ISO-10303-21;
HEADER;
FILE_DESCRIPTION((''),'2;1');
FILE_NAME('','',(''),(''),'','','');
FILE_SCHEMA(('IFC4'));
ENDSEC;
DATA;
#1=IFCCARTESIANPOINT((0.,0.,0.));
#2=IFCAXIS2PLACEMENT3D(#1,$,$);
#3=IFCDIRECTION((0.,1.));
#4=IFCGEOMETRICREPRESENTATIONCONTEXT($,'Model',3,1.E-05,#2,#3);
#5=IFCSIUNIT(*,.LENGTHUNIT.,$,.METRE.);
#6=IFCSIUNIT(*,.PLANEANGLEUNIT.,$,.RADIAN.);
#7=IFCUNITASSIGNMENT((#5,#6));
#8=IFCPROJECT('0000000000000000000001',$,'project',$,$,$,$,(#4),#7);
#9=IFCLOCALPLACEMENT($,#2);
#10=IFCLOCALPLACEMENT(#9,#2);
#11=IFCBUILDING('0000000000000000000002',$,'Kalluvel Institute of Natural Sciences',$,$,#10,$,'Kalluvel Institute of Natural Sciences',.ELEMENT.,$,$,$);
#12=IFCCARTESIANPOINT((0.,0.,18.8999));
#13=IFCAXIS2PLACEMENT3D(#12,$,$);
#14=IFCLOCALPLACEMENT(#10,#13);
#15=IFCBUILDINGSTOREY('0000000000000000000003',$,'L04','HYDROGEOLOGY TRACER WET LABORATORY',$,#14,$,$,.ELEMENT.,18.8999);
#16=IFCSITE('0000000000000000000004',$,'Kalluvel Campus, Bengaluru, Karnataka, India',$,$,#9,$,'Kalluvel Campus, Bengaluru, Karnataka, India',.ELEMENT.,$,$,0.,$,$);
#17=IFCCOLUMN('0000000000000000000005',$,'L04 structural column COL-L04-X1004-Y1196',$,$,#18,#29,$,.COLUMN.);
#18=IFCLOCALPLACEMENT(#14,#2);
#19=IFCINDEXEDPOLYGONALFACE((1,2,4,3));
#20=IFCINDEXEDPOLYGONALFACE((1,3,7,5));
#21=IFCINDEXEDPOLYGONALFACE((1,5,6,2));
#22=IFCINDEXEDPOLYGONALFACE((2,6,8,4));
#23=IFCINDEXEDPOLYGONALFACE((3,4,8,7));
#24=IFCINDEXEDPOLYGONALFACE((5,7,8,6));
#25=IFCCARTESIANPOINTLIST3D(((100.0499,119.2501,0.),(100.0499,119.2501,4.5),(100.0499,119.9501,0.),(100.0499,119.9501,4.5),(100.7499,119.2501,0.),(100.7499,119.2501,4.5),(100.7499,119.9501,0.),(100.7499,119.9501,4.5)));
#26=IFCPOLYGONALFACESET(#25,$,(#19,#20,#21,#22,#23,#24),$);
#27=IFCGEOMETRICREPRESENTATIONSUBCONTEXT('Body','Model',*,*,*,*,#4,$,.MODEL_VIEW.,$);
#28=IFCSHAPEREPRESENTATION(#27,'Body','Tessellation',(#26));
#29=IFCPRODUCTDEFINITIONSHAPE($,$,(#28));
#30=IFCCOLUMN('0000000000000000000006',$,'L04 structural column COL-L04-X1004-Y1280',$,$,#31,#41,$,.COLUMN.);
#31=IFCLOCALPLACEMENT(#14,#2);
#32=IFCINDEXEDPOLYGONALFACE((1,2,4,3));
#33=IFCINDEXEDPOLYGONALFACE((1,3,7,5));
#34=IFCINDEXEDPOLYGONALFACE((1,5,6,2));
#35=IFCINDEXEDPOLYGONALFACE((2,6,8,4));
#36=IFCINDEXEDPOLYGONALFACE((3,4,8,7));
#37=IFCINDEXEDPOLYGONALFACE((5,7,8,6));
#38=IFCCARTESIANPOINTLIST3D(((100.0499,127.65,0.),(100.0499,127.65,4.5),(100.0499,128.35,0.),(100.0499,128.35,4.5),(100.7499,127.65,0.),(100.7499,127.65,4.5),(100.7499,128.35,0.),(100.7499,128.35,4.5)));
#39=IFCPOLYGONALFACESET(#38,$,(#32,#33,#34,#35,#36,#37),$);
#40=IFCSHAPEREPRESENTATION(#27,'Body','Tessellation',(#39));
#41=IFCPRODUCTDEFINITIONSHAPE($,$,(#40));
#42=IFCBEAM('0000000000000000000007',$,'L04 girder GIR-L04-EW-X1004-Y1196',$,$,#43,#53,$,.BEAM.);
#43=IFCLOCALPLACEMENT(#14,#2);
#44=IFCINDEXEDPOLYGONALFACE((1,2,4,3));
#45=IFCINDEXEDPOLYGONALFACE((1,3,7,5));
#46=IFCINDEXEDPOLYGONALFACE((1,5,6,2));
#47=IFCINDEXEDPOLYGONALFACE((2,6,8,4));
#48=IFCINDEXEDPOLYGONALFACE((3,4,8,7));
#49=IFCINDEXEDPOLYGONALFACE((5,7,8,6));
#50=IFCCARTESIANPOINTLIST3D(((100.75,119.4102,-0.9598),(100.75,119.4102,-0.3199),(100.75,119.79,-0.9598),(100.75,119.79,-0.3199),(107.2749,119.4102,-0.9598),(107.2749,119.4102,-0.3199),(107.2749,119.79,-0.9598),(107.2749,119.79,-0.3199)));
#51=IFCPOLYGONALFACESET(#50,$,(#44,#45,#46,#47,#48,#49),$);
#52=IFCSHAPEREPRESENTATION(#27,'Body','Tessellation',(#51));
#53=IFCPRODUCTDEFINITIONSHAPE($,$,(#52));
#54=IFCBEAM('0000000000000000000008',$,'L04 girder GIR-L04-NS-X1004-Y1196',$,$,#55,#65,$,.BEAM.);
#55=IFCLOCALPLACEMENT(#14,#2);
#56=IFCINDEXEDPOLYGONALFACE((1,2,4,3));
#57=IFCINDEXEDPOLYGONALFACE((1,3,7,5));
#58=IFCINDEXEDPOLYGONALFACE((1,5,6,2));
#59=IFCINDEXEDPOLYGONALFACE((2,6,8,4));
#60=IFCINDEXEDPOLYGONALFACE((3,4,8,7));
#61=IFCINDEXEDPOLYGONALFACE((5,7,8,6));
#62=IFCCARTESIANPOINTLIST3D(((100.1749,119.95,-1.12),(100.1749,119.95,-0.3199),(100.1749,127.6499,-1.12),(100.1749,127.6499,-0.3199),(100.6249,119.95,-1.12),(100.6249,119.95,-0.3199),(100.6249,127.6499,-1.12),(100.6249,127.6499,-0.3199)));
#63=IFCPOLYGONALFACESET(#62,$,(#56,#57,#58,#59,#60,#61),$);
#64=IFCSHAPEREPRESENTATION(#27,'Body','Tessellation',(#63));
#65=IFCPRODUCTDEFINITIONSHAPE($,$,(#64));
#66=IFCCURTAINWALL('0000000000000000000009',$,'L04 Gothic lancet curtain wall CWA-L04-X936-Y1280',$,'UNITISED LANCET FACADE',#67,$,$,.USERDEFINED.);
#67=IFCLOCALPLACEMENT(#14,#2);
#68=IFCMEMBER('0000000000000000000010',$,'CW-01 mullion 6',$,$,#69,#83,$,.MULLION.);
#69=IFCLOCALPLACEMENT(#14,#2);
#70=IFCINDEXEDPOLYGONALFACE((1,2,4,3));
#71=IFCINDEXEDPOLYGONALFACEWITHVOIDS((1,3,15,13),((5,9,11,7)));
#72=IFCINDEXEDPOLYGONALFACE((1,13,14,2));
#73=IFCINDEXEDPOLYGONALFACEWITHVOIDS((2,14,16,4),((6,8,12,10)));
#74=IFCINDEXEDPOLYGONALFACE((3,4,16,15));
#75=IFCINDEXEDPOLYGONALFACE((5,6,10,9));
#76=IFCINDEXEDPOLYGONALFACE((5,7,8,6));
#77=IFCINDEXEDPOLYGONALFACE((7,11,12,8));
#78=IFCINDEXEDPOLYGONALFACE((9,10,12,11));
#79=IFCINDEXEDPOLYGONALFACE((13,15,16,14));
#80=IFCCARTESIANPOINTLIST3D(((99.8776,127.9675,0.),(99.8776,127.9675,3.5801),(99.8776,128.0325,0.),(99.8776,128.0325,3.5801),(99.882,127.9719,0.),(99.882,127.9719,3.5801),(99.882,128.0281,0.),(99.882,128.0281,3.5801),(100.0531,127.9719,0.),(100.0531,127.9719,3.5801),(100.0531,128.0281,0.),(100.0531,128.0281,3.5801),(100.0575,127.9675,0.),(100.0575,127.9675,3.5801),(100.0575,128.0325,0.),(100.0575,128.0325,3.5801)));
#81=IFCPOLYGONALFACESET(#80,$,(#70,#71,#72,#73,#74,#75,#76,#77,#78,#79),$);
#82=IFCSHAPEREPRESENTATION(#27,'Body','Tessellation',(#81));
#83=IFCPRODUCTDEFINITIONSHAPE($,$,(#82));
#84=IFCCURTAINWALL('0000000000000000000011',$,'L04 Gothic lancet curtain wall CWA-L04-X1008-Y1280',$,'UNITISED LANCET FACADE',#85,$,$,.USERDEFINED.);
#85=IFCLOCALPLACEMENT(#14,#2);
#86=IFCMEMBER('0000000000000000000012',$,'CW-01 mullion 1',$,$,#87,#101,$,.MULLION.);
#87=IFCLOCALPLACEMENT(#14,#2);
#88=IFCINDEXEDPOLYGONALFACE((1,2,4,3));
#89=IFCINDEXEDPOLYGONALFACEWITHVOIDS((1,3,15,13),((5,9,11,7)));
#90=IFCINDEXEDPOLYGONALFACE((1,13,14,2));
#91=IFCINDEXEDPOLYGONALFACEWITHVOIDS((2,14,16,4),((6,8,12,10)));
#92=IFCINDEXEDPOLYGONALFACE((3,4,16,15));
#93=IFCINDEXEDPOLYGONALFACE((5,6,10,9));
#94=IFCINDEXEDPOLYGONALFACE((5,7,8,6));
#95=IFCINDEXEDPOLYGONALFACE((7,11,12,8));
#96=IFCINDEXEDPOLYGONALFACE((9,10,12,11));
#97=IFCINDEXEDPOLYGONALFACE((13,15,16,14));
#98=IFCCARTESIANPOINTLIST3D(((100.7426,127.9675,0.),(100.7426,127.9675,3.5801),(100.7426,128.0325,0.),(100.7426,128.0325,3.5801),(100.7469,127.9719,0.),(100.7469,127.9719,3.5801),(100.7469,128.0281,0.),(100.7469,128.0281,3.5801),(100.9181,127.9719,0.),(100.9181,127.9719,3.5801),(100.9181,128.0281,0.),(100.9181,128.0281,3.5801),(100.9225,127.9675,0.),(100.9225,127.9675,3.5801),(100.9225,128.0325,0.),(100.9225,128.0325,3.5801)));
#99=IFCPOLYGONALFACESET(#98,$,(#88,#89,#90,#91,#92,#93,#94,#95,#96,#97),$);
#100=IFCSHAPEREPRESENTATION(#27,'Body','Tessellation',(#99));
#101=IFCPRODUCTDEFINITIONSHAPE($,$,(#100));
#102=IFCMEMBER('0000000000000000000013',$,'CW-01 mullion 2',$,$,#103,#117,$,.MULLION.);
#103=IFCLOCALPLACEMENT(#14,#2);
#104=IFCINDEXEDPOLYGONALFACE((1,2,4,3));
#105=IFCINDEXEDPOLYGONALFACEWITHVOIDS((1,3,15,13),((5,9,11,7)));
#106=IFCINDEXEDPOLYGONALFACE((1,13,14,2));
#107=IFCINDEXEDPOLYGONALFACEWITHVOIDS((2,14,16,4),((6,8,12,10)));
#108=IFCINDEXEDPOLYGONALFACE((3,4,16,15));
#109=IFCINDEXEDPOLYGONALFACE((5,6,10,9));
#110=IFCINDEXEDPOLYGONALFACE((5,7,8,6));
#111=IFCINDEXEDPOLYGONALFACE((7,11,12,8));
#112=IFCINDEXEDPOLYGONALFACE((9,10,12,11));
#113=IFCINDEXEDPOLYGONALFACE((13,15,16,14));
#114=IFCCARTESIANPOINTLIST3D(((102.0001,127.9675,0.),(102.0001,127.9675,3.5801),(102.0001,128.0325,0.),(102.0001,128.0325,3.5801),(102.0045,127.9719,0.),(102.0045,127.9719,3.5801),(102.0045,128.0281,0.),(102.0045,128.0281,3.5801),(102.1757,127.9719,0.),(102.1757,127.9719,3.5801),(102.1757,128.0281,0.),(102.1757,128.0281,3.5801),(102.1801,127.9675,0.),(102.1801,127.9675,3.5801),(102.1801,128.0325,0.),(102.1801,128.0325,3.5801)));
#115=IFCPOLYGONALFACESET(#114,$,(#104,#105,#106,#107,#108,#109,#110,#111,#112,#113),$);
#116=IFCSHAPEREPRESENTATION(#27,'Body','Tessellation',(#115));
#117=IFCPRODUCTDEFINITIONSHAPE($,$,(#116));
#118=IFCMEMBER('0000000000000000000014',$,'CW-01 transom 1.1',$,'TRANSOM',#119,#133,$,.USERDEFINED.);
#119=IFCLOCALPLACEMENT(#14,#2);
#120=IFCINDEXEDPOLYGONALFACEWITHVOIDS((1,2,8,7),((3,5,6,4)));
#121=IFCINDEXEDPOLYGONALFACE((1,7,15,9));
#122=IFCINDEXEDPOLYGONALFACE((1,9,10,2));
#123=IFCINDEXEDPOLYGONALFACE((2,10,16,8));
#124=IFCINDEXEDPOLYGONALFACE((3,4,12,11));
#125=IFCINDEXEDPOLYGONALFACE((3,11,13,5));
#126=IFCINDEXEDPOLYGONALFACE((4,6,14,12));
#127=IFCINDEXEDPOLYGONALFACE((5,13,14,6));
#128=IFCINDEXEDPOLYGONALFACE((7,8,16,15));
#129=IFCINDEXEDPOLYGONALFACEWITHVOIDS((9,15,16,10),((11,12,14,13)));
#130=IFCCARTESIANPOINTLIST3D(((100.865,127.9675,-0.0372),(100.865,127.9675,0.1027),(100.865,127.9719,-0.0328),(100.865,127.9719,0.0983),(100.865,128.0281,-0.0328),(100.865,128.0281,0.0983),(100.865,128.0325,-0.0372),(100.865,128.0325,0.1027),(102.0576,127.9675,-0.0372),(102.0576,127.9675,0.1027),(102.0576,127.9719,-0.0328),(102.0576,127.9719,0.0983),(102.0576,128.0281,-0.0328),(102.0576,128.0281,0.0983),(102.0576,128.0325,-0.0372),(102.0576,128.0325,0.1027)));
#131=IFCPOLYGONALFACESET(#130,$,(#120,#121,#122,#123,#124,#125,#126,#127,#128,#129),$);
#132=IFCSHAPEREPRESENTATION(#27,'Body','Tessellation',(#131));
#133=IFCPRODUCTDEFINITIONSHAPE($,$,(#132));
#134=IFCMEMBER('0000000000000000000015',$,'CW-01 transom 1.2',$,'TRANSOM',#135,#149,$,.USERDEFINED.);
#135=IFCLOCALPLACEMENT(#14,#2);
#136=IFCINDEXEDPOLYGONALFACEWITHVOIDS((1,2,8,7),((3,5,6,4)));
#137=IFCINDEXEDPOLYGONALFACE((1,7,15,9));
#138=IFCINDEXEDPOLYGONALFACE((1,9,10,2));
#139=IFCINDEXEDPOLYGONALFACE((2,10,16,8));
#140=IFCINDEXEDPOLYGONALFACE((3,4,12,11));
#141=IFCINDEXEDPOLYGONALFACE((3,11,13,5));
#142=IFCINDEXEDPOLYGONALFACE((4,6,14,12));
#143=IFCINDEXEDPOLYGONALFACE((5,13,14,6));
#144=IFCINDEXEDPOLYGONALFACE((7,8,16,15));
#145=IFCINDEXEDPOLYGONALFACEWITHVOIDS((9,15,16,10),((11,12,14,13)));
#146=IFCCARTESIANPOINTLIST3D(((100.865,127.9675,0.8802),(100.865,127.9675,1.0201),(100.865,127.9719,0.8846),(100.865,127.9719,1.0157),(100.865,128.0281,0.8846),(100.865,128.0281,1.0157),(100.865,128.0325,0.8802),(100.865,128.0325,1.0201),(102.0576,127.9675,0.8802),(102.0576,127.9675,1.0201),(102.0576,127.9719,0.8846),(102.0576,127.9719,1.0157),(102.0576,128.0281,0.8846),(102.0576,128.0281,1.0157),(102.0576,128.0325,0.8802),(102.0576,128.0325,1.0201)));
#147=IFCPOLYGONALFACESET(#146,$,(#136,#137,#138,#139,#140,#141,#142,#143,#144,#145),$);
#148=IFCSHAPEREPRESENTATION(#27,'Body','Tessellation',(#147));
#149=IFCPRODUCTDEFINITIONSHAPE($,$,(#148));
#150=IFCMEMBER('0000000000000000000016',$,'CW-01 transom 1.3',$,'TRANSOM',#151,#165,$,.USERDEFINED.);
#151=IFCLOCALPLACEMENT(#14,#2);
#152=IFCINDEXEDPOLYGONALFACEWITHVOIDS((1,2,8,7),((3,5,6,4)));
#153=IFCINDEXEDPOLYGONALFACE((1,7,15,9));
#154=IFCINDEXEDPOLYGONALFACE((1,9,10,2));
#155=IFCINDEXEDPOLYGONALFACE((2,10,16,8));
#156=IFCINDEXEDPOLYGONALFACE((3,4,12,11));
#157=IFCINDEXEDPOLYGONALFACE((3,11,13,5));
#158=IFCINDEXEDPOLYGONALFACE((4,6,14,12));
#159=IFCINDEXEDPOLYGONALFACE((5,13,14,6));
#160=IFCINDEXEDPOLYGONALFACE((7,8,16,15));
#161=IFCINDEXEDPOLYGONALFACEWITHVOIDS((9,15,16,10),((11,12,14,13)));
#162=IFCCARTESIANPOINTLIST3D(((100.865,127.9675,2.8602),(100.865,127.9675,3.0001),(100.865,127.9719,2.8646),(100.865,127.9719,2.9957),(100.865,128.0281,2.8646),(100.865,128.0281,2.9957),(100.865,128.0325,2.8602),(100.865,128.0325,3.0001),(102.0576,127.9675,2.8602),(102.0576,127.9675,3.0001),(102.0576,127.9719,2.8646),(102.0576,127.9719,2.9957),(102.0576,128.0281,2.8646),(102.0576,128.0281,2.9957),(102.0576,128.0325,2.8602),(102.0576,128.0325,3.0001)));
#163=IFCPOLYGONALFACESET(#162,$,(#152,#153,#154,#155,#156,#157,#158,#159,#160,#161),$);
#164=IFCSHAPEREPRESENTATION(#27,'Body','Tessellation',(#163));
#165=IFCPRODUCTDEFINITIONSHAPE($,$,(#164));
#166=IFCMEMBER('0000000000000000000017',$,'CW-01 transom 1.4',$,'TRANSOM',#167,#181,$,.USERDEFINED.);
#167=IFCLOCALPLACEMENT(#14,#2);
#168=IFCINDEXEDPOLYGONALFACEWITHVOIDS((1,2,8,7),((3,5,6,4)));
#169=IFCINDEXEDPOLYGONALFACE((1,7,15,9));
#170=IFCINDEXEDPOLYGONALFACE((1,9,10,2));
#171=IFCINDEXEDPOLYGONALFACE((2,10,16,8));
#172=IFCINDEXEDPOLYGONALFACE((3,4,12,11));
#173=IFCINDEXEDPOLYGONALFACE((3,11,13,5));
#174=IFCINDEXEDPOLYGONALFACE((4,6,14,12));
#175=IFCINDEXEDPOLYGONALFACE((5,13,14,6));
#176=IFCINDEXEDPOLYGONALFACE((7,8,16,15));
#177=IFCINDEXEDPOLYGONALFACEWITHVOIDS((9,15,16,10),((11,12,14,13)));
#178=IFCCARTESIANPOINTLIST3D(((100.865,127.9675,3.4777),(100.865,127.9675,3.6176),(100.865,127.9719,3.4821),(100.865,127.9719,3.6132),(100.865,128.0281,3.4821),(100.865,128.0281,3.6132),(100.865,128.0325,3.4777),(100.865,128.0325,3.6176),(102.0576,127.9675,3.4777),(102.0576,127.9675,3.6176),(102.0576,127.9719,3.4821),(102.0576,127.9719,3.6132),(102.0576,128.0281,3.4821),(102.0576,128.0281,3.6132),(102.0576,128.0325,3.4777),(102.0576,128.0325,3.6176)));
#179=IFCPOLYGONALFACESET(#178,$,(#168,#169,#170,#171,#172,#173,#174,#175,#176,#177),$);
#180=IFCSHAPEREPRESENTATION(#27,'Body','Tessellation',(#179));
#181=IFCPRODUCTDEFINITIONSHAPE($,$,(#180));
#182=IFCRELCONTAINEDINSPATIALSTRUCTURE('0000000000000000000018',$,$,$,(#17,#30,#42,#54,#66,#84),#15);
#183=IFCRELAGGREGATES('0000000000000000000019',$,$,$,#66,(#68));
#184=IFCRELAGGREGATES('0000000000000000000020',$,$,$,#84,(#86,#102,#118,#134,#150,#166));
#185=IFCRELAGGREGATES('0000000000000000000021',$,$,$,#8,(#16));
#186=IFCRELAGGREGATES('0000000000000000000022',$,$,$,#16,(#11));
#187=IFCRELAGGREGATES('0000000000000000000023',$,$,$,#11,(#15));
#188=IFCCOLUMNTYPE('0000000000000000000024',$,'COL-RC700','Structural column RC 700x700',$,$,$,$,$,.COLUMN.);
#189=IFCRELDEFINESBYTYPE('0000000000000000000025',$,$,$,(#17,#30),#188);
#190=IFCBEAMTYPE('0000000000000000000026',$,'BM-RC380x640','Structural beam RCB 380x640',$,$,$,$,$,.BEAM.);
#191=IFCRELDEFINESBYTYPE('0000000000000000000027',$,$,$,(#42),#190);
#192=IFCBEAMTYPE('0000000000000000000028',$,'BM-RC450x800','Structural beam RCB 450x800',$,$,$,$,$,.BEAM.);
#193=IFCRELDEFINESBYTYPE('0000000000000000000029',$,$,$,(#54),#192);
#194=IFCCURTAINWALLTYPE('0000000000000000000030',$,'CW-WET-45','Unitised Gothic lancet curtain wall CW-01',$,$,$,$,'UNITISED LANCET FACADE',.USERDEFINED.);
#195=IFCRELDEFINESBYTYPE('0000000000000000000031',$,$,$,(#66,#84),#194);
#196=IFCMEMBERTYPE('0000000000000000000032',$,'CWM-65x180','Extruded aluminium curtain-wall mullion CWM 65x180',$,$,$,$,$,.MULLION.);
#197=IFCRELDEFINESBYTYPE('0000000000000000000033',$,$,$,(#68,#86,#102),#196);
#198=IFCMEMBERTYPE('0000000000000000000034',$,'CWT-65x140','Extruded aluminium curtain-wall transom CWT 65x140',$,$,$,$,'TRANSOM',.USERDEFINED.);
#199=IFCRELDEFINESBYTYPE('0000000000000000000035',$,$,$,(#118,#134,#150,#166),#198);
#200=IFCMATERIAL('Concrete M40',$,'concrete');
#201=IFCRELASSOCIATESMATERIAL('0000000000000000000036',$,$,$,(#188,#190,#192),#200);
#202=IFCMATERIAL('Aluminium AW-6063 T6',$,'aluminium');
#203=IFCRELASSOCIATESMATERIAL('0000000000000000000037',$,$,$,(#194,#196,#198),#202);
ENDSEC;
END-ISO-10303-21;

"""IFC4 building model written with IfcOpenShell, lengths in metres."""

from ifc_helpers import new_model, si_unit, direction, frame, origin, origin_2d, place, context, subcontext, project, spatial, rectangle, hollow_rectangle, extrude, material, material_profile, profile_set, type_object, element, aggregate, save


model = new_model("IFC4")

# Units and contexts
model_context = context("Model", 3, precision=1e-05, world=origin(), true_north=direction((0.0, 1.0)))
body_context = subcontext(model_context, "Body", "Model", "MODEL_VIEW")
ifc_project = project(units=[si_unit("LENGTHUNIT", "METRE"), si_unit("PLANEANGLEUNIT", "RADIAN")], contexts=[model_context])

# Site, building, storey
site_placement = place(None, origin())
site = spatial("IfcSite", under=ifc_project, at=site_placement, Name="Kalluvel Campus, Bengaluru, Karnataka, India", LongName="Kalluvel Campus, Bengaluru, Karnataka, India", CompositionType="ELEMENT", RefElevation=0.0)
building_placement = place(site_placement, origin())
building = spatial("IfcBuilding", under=site, at=building_placement, Name="Kalluvel Institute of Natural Sciences", LongName="Kalluvel Institute of Natural Sciences", CompositionType="ELEMENT")
storey_placement = place(building_placement, frame((0.0, 0.0, 18.8999)))
storey = spatial("IfcBuildingStorey", under=building, at=storey_placement, Name="L04", Description="HYDROGEOLOGY TRACER WET LABORATORY", CompositionType="ELEMENT", Elevation=18.8999)

# Columns
ifc_material_1 = material(Name="Concrete M40", Category="concrete")
ifc_material_profile_1 = material_profile(ifc_material_1, rectangle(XDim=0.7, YDim=0.7, at=origin_2d()), Name="RC 700x700")
ifc_profile_set_1 = profile_set([ifc_material_profile_1], Name="Concrete M40")
column_type = type_object("IfcColumnType", Name="COL-RC700", Description="Structural column RC 700x700", PredefinedType="COLUMN", material=ifc_profile_set_1)
for number, where, z_axis, x_axis, name in (
    (1, (100.3999, 119.6001, 0.0), (0.0, 0.0, 1.0), (1.0, 0.0, 0.0), "L04 structural column COL-L04-X1004-Y1196"),
    (2, (100.3999, 128.0, 0.0), (0.0, 0.0, 1.0), (1.0, 0.0, 0.0), "L04 structural column COL-L04-X1004-Y1280"),
):
    element("IfcColumn", number, at=place(storey_placement, frame(where, z_axis=z_axis, x_axis=x_axis)), inside=storey, type_object=column_type, Name=name, PredefinedType="COLUMN", context=body_context, shape_type="SweptSolid", body=[
        extrude(rectangle(XDim=0.7, YDim=0.7, at=origin_2d()), origin(), (0.0, 0.0, 1.0), 4.5),
    ])

# Beams
ifc_material_profile_2 = material_profile(ifc_material_1, rectangle(XDim=0.3799, YDim=0.6399, at=origin_2d()), Name="RCB 380x640")
ifc_profile_set_2 = profile_set([ifc_material_profile_2], Name="Concrete M40")
beam_type_1 = type_object("IfcBeamType", Name="BM-RC380x640", Description="Structural beam RCB 380x640", PredefinedType="BEAM", material=ifc_profile_set_2)
beam_1_placement = place(storey_placement, frame((100.75, 119.6001, -0.6399), z_axis=(1.0, 0.0, 0.0), x_axis=(0.0, 1.0, 0.0)))
element("IfcBeam", 3, at=beam_1_placement, inside=storey, type_object=beam_type_1, Name="L04 girder GIR-L04-EW-X1004-Y1196", PredefinedType="BEAM", context=body_context, shape_type="SweptSolid", body=[
    extrude(rectangle(XDim=0.3799, YDim=0.6399, at=origin_2d()), origin(), (0.0, 0.0, 1.0), 6.5249),
])
ifc_material_profile_3 = material_profile(ifc_material_1, rectangle(XDim=0.45, YDim=0.8, at=origin_2d()), Name="RCB 450x800")
ifc_profile_set_3 = profile_set([ifc_material_profile_3], Name="Concrete M40")
beam_type_2 = type_object("IfcBeamType", Name="BM-RC450x800", Description="Structural beam RCB 450x800", PredefinedType="BEAM", material=ifc_profile_set_3)
beam_2_placement = place(storey_placement, frame((100.3999, 119.95, -0.72), z_axis=(0.0, 1.0, 0.0), x_axis=(-1.0, 0.0, 0.0)))
element("IfcBeam", 4, at=beam_2_placement, inside=storey, type_object=beam_type_2, Name="L04 girder GIR-L04-NS-X1004-Y1196", PredefinedType="BEAM", context=body_context, shape_type="SweptSolid", body=[
    extrude(rectangle(XDim=0.45, YDim=0.8, at=origin_2d()), origin(), (0.0, 0.0, 1.0), 7.7),
])

# Curtain wall, member
ifc_material_2 = material(Name="Aluminium AW-6063 T6", Category="aluminium")
curtain_wall_type = type_object("IfcCurtainWallType", Name="CW-WET-45", Description="Unitised Gothic lancet curtain wall CW-01", ElementType="UNITISED LANCET FACADE", PredefinedType="USERDEFINED", material=ifc_material_2)
curtain_wall_1_placement = place(storey_placement, origin())
curtain_wall_1 = element("IfcCurtainWall", 5, at=curtain_wall_1_placement, inside=storey, type_object=curtain_wall_type, Name="L04 Gothic lancet curtain wall CWA-L04-X936-Y1280", ObjectType="UNITISED LANCET FACADE", PredefinedType="USERDEFINED")
ifc_material_profile_4 = material_profile(ifc_material_2, hollow_rectangle(XDim=0.0649, YDim=0.1799, WallThickness=0.0044, at=origin_2d()), Name="CWM 65x180")
ifc_profile_set_4 = profile_set([ifc_material_profile_4], Name="Aluminium AW-6063 T6")
member_type_1 = type_object("IfcMemberType", Name="CWM-65x180", Description="Extruded aluminium curtain-wall mullion CWM 65x180", PredefinedType="MULLION", material=ifc_profile_set_4)
member_1_placement = place(storey_placement, frame((99.9675, 128.0, 0.0), z_axis=(0.0, 0.0, 1.0), x_axis=(0.0, 1.0, 0.0)))
member_1 = element("IfcMember", 6, at=member_1_placement, type_object=member_type_1, Name="CW-01 mullion 6", PredefinedType="MULLION", context=body_context, shape_type="SweptSolid", body=[
    extrude(hollow_rectangle(XDim=0.0649, YDim=0.1799, WallThickness=0.0044, at=origin_2d()), origin(), (0.0, 0.0, 1.0), 3.5801),
])

# Curtain wall, members
curtain_wall_2_placement = place(storey_placement, origin())
curtain_wall_2 = element("IfcCurtainWall", 7, at=curtain_wall_2_placement, inside=storey, type_object=curtain_wall_type, Name="L04 Gothic lancet curtain wall CWA-L04-X1008-Y1280", ObjectType="UNITISED LANCET FACADE", PredefinedType="USERDEFINED")
member_2_placement = place(storey_placement, frame((100.8325, 128.0, 0.0), z_axis=(0.0, 0.0, 1.0), x_axis=(0.0, 1.0, 0.0)))
member_2 = element("IfcMember", 8, at=member_2_placement, type_object=member_type_1, Name="CW-01 mullion 1", PredefinedType="MULLION", context=body_context, shape_type="SweptSolid", body=[
    extrude(hollow_rectangle(XDim=0.0649, YDim=0.1799, WallThickness=0.0044, at=origin_2d()), origin(), (0.0, 0.0, 1.0), 3.5801),
])
member_3_placement = place(storey_placement, frame((102.0901, 128.0, 0.0), z_axis=(0.0, 0.0, 1.0), x_axis=(0.0, 1.0, 0.0)))
member_3 = element("IfcMember", 9, at=member_3_placement, type_object=member_type_1, Name="CW-01 mullion 2", PredefinedType="MULLION", context=body_context, shape_type="SweptSolid", body=[
    extrude(hollow_rectangle(XDim=0.0649, YDim=0.1799, WallThickness=0.0044, at=origin_2d()), origin(), (0.0, 0.0, 1.0), 3.5801),
])
ifc_material_profile_5 = material_profile(ifc_material_2, hollow_rectangle(XDim=0.0649, YDim=0.1399, WallThickness=0.0044, at=origin_2d()), Name="CWT 65x140")
ifc_profile_set_5 = profile_set([ifc_material_profile_5], Name="Aluminium AW-6063 T6")
member_type_2 = type_object("IfcMemberType", Name="CWT-65x140", Description="Extruded aluminium curtain-wall transom CWT 65x140", ElementType="TRANSOM", PredefinedType="USERDEFINED", material=ifc_profile_set_5)
member_4_placement = place(storey_placement, frame((100.865, 128.0, 0.0327), z_axis=(1.0, 0.0, 0.0), x_axis=(0.0, 1.0, 0.0)))
member_4 = element("IfcMember", 10, at=member_4_placement, type_object=member_type_2, Name="CW-01 transom 1.1", ObjectType="TRANSOM", PredefinedType="USERDEFINED", context=body_context, shape_type="SweptSolid", body=[
    extrude(hollow_rectangle(XDim=0.0649, YDim=0.1399, WallThickness=0.0044, at=origin_2d()), origin(), (0.0, 0.0, 1.0), 1.1926),
])
member_5_placement = place(storey_placement, frame((100.865, 128.0, 0.9502), z_axis=(1.0, 0.0, 0.0), x_axis=(0.0, 1.0, 0.0)))
member_5 = element("IfcMember", 11, at=member_5_placement, type_object=member_type_2, Name="CW-01 transom 1.2", ObjectType="TRANSOM", PredefinedType="USERDEFINED", context=body_context, shape_type="SweptSolid", body=[
    extrude(hollow_rectangle(XDim=0.0649, YDim=0.1399, WallThickness=0.0044, at=origin_2d()), origin(), (0.0, 0.0, 1.0), 1.1926),
])
member_6_placement = place(storey_placement, frame((100.865, 128.0, 2.9302), z_axis=(1.0, 0.0, 0.0), x_axis=(0.0, 1.0, 0.0)))
member_6 = element("IfcMember", 12, at=member_6_placement, type_object=member_type_2, Name="CW-01 transom 1.3", ObjectType="TRANSOM", PredefinedType="USERDEFINED", context=body_context, shape_type="SweptSolid", body=[
    extrude(hollow_rectangle(XDim=0.0649, YDim=0.1399, WallThickness=0.0044, at=origin_2d()), origin(), (0.0, 0.0, 1.0), 1.1926),
])
member_7_placement = place(storey_placement, frame((100.865, 128.0, 3.5476), z_axis=(1.0, 0.0, 0.0), x_axis=(0.0, 1.0, 0.0)))
member_7 = element("IfcMember", 13, at=member_7_placement, type_object=member_type_2, Name="CW-01 transom 1.4", ObjectType="TRANSOM", PredefinedType="USERDEFINED", context=body_context, shape_type="SweptSolid", body=[
    extrude(hollow_rectangle(XDim=0.0649, YDim=0.1399, WallThickness=0.0044, at=origin_2d()), origin(), (0.0, 0.0, 1.0), 1.1926),
])

aggregate(curtain_wall_1, [member_1])
aggregate(curtain_wall_2, [member_2, member_3, member_4, member_5, member_6, member_7])

save(model, "model.ifc")
